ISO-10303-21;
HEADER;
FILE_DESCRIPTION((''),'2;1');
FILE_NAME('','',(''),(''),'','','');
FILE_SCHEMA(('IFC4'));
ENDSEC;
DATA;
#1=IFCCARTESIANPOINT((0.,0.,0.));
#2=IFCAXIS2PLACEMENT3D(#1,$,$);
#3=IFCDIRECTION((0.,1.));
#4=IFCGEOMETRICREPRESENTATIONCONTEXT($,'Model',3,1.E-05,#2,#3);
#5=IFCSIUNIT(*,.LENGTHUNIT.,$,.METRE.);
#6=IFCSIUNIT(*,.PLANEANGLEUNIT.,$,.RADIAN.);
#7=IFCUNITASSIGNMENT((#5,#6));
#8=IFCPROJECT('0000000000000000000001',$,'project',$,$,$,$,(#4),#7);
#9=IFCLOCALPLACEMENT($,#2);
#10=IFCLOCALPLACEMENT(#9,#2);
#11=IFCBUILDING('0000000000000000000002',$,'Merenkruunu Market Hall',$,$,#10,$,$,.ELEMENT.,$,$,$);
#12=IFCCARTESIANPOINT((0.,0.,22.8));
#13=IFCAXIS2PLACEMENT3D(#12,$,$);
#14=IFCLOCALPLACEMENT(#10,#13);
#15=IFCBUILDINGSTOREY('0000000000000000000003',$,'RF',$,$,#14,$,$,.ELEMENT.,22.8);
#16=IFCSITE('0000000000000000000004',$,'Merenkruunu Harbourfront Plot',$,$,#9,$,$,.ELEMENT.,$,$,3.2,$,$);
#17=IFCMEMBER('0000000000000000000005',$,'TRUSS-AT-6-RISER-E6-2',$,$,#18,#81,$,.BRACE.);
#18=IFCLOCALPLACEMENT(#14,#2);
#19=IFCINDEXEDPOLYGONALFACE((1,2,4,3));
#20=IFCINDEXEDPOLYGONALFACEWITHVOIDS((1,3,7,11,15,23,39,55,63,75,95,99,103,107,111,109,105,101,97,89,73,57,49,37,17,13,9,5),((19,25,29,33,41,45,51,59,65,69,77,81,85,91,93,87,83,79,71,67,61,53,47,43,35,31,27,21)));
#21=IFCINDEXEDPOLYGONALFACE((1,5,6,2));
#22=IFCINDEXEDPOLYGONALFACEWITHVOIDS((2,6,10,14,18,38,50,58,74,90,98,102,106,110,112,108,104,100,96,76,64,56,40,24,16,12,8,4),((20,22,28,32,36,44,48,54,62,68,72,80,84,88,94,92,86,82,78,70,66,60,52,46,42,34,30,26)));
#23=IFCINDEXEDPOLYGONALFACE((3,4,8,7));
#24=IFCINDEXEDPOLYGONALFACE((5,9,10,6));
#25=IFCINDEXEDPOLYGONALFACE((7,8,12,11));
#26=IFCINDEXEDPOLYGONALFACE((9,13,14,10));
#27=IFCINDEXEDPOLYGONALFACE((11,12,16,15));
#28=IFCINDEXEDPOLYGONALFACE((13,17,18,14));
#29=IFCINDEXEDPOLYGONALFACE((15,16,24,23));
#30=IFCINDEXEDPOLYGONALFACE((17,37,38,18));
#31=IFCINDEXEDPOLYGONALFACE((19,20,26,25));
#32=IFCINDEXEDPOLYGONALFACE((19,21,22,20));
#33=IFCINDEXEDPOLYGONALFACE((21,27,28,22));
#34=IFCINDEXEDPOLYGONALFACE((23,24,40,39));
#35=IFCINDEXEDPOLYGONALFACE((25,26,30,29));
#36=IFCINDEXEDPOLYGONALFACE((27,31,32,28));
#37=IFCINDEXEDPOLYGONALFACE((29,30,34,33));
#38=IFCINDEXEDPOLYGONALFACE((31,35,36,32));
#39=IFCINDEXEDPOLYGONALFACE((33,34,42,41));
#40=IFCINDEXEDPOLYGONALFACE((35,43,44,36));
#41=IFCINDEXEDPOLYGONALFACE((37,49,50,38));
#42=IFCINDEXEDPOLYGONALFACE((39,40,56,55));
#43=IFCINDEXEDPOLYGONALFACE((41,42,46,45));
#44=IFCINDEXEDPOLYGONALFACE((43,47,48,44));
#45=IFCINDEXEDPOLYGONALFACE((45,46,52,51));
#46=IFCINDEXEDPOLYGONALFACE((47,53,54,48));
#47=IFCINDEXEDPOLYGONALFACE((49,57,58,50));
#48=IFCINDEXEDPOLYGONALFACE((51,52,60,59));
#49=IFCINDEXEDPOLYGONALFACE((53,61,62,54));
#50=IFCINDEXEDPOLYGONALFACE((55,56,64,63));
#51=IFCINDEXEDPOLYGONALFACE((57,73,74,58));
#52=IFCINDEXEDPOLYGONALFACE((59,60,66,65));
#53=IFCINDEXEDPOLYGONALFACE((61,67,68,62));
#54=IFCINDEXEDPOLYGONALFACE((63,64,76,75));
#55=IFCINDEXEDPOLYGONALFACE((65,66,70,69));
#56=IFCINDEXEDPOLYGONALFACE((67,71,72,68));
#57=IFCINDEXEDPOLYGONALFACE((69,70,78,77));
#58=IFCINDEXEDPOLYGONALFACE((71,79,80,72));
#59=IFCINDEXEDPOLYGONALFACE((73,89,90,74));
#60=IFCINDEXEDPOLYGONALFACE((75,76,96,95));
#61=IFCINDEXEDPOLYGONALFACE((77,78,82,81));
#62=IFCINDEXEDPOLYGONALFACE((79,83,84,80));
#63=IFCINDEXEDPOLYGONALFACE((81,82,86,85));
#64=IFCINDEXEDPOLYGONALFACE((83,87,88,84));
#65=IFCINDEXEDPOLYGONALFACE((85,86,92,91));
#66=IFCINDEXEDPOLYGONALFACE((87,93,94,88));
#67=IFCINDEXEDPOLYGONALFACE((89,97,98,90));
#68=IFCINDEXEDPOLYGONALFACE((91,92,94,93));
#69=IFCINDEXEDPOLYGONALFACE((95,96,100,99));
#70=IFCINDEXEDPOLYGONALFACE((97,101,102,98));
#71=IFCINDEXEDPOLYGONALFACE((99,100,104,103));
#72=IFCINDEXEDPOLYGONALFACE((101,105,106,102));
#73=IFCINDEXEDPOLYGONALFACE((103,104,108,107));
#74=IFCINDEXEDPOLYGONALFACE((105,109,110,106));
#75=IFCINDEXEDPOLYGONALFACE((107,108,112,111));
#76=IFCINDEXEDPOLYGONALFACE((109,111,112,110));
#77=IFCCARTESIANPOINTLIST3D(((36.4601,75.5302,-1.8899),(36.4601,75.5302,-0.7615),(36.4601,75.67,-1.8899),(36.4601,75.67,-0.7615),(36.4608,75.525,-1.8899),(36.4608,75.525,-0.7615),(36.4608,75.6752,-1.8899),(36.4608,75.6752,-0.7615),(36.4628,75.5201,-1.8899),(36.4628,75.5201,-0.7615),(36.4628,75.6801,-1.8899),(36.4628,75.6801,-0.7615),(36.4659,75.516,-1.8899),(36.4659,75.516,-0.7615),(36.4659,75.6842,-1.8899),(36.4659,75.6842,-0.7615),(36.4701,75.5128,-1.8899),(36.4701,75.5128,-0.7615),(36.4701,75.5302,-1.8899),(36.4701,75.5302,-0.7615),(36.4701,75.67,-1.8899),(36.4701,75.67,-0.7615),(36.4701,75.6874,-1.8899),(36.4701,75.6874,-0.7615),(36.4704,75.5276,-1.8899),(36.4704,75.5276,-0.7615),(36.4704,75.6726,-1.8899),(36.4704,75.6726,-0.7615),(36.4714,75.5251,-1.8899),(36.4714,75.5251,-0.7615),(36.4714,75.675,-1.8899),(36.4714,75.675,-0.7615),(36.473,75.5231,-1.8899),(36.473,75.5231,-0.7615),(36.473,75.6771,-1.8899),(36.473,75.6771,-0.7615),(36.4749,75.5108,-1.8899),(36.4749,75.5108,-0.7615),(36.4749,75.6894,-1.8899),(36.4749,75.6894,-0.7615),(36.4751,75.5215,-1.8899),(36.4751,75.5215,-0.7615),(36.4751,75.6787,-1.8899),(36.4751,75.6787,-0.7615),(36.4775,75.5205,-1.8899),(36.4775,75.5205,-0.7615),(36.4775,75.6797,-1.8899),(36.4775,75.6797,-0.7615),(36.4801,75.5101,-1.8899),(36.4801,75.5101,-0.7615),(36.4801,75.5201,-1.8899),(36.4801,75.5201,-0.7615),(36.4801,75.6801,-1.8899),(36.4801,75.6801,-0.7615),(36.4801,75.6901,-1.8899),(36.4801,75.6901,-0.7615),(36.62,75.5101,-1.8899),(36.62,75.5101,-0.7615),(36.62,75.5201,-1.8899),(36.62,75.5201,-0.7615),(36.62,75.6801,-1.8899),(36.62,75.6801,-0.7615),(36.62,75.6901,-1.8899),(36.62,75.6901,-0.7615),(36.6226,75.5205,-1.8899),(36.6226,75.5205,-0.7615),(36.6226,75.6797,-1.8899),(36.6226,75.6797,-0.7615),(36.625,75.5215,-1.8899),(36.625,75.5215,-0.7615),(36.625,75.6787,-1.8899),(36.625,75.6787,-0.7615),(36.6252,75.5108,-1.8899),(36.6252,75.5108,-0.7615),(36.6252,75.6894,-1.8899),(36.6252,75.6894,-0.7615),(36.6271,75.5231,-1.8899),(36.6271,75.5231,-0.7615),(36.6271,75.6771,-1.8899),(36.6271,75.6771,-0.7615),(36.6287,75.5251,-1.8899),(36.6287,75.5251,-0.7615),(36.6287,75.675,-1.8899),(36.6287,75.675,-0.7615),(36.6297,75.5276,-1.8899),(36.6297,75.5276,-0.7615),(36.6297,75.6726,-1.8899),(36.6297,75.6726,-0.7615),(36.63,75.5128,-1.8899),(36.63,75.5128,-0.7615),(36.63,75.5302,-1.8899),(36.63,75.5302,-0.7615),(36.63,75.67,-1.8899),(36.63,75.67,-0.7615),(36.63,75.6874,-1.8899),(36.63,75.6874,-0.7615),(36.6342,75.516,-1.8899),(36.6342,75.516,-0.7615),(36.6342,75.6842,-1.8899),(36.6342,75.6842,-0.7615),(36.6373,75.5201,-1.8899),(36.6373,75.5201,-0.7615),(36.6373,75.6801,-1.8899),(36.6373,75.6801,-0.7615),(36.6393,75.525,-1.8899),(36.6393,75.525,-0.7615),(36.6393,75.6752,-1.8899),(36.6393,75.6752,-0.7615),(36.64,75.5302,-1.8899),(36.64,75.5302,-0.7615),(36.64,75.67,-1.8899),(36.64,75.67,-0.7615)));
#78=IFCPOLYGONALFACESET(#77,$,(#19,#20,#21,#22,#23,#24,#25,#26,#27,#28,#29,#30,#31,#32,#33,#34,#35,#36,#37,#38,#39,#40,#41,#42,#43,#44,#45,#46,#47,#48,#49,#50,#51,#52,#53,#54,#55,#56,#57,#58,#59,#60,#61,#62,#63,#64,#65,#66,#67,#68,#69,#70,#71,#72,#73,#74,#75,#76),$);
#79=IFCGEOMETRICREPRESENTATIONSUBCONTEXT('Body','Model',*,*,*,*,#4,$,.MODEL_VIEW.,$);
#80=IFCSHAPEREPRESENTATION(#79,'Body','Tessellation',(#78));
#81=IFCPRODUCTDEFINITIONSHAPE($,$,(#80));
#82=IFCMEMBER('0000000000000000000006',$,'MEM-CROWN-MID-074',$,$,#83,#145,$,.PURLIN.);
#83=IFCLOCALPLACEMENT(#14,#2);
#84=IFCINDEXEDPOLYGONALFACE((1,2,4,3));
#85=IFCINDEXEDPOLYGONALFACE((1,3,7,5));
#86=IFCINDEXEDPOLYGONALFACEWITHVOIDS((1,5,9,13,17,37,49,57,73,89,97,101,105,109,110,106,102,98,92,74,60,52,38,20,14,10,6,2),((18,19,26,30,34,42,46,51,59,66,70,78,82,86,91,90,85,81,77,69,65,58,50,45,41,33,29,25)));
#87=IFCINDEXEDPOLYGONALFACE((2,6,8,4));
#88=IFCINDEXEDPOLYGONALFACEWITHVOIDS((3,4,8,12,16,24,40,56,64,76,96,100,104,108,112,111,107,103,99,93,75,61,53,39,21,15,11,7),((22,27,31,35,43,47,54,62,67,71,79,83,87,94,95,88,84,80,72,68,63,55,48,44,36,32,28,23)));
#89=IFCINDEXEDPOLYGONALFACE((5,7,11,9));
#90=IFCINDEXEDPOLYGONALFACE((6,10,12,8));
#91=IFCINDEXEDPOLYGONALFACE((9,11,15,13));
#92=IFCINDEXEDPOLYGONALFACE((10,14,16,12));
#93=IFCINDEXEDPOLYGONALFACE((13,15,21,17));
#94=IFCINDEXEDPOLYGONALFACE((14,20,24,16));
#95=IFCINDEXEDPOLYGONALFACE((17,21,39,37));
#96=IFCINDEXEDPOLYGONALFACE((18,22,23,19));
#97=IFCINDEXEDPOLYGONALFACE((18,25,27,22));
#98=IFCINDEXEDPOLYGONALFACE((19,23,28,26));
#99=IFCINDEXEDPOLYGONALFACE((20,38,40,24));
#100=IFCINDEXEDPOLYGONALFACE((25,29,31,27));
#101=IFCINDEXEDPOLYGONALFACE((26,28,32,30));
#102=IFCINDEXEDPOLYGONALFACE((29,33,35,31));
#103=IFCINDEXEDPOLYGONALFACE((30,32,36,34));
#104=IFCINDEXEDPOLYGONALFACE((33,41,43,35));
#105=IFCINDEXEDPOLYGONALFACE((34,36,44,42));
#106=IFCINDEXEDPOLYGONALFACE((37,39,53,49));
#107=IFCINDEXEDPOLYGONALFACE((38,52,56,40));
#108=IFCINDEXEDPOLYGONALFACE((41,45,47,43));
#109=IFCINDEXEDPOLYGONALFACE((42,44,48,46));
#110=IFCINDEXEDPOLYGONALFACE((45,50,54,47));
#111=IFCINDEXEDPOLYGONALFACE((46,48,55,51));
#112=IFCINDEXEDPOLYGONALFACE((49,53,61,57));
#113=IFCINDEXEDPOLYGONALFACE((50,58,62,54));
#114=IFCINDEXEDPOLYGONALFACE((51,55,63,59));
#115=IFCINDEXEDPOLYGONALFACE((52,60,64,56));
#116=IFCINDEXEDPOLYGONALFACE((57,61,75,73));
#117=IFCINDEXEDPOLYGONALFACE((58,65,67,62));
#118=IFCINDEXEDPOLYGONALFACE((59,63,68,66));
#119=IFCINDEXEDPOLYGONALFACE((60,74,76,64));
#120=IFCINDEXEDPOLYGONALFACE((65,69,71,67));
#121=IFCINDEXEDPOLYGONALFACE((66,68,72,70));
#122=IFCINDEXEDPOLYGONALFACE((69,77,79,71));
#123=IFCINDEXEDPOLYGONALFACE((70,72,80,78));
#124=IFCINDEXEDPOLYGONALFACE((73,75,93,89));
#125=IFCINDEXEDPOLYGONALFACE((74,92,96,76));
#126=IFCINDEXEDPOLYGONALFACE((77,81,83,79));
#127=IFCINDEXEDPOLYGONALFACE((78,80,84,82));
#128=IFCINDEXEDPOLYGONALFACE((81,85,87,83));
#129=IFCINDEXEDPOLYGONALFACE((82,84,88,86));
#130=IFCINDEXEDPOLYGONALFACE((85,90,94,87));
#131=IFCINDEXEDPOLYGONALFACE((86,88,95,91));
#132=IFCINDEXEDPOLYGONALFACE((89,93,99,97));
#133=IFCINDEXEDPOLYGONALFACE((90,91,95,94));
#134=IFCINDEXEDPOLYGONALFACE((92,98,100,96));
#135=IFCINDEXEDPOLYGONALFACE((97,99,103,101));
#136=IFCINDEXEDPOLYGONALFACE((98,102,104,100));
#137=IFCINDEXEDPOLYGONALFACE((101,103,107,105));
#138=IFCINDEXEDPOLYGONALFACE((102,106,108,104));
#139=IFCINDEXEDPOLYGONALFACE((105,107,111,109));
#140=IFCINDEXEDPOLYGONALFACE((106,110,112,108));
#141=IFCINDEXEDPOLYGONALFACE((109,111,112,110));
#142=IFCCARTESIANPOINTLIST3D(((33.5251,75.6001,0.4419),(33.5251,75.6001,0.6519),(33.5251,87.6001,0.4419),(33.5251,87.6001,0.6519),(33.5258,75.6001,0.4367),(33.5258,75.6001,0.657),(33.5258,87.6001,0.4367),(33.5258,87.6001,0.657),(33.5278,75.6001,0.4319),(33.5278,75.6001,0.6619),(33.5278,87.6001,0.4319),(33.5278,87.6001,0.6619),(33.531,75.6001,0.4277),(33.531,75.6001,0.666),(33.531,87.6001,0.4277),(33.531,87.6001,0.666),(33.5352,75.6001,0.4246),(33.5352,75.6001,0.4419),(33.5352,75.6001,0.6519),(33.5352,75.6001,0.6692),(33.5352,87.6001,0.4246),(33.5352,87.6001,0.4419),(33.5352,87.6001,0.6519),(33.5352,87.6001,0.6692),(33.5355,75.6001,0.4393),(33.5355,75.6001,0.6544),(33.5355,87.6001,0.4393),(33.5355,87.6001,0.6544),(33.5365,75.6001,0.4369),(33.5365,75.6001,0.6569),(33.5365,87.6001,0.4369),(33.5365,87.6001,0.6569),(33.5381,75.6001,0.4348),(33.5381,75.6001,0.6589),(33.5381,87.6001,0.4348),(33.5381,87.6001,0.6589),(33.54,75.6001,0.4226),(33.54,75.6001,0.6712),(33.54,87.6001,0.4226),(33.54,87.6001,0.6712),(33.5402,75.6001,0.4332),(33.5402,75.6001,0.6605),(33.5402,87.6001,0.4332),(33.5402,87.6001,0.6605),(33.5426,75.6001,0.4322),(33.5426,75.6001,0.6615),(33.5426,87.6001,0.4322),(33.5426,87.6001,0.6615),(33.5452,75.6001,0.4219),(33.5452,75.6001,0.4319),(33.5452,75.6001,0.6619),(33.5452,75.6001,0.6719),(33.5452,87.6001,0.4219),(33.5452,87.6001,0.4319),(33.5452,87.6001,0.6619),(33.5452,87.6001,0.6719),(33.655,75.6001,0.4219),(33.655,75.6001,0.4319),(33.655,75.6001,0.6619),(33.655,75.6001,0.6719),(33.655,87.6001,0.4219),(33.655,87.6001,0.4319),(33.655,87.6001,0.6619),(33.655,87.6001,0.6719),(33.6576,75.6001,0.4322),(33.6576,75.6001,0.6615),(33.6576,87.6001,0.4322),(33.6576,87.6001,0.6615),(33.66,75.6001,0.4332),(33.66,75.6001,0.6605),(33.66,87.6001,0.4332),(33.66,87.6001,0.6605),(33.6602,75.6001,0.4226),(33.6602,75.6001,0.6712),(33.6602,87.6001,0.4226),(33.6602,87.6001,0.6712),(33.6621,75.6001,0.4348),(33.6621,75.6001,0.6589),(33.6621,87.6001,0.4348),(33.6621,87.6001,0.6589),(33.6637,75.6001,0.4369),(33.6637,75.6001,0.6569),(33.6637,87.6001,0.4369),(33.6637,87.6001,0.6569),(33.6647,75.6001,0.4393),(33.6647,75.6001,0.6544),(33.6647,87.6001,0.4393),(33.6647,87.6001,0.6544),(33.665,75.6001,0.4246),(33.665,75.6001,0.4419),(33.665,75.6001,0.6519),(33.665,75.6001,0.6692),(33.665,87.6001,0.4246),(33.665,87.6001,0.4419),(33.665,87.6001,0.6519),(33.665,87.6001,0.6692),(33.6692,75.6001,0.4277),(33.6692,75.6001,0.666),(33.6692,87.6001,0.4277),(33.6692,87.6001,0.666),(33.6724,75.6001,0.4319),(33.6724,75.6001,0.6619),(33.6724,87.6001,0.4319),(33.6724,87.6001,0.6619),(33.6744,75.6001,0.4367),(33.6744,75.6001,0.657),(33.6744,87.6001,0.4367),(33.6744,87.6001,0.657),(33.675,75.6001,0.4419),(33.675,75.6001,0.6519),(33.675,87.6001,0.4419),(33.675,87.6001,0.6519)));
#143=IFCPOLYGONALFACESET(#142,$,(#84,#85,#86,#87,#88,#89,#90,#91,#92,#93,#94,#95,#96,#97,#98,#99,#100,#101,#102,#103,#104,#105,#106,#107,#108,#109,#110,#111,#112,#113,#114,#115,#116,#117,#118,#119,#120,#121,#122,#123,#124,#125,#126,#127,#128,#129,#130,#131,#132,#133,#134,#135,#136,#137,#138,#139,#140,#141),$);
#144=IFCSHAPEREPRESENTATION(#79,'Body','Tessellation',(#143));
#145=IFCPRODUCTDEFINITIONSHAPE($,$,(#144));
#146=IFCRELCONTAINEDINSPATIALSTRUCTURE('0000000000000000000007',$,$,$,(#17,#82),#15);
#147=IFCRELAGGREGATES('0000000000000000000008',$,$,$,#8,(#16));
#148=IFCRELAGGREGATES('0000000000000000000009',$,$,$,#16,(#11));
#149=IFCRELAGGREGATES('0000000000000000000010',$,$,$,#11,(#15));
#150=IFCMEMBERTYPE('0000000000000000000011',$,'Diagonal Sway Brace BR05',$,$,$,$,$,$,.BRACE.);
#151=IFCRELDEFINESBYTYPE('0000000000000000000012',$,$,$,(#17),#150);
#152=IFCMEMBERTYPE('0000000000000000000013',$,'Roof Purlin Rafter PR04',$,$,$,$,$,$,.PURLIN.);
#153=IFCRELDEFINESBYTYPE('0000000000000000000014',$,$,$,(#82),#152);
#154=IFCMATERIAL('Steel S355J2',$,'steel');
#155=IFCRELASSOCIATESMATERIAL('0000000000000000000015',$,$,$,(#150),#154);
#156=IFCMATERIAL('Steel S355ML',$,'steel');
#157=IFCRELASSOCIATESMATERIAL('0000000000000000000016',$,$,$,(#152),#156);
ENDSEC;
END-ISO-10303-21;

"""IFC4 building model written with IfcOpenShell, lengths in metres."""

from ifc_helpers import new_model, si_unit, direction, frame, origin, origin_2d, place, context, subcontext, project, spatial, hollow_rectangle, extrude, material, material_profile, profile_set, type_object, element, save


model = new_model("IFC4")

# Units and contexts
model_context = context("Model", 3, precision=1e-05, world=origin(), true_north=direction((0.0, 1.0)))
body_context = subcontext(model_context, "Body", "Model", "MODEL_VIEW")
ifc_project = project(units=[si_unit("LENGTHUNIT", "METRE"), si_unit("PLANEANGLEUNIT", "RADIAN")], contexts=[model_context])

# Site, building, storey
site_placement = place(None, origin())
site = spatial("IfcSite", under=ifc_project, at=site_placement, Name="Merenkruunu Harbourfront Plot", CompositionType="ELEMENT", RefElevation=3.2)
building_placement = place(site_placement, origin())
building = spatial("IfcBuilding", under=site, at=building_placement, Name="Merenkruunu Market Hall", CompositionType="ELEMENT")
storey_placement = place(building_placement, frame((0.0, 0.0, 22.8)))
storey = spatial("IfcBuildingStorey", under=building, at=storey_placement, Name="RF", CompositionType="ELEMENT", Elevation=22.8)

# Members
ifc_material_1 = material(Name="Steel S355ML", Category="steel")
ifc_material_2 = material(Name="Steel S355J2", Category="steel")
ifc_material_profile_1 = material_profile(ifc_material_2, hollow_rectangle(XDim=0.1799, YDim=0.1799, WallThickness=0.01, InnerFilletRadius=0.01, OuterFilletRadius=0.02, at=origin_2d()), Name="SHS 180x180x10")
ifc_profile_set_1 = profile_set([ifc_material_profile_1], Name="Steel S355J2")
member_type_1 = type_object("IfcMemberType", Name="Diagonal Sway Brace BR05", PredefinedType="BRACE", material=ifc_profile_set_1)
member_1_placement = place(storey_placement, frame((36.55, 75.6001, -1.8899), z_axis=(0.0, 0.0, 1.0), x_axis=(1.0, 0.0, 0.0)))
element("IfcMember", 1, at=member_1_placement, inside=storey, type_object=member_type_1, Name="TRUSS-AT-6-RISER-E6-2", PredefinedType="BRACE", context=body_context, shape_type="SweptSolid", body=[
    extrude(hollow_rectangle(XDim=0.1799, YDim=0.1799, WallThickness=0.01, InnerFilletRadius=0.01, OuterFilletRadius=0.02, at=origin_2d()), origin(), (0.0, 0.0, 1.0), 1.1284),
])
ifc_material_profile_2 = material_profile(ifc_material_1, hollow_rectangle(XDim=0.1499, YDim=0.25, WallThickness=0.01, InnerFilletRadius=0.01, OuterFilletRadius=0.02, at=origin_2d()), Name="RHS 250x150x10")
ifc_profile_set_2 = profile_set([ifc_material_profile_2], Name="Steel S355ML")
member_type_2 = type_object("IfcMemberType", Name="Roof Purlin Rafter PR04", PredefinedType="PURLIN", material=ifc_profile_set_2)
member_2_placement = place(storey_placement, frame((33.6001, 75.6001, 0.5469), z_axis=(0.0, 1.0, 0.0), x_axis=(-1.0, 0.0, 0.0)))
element("IfcMember", 2, at=member_2_placement, inside=storey, type_object=member_type_2, Name="MEM-CROWN-MID-074", PredefinedType="PURLIN", context=body_context, shape_type="SweptSolid", body=[
    extrude(hollow_rectangle(XDim=0.1499, YDim=0.25, WallThickness=0.01, InnerFilletRadius=0.01, OuterFilletRadius=0.02, at=origin_2d()), origin(), (0.0, 0.0, 1.0), 12.0),
])

save(model, "model.ifc")
